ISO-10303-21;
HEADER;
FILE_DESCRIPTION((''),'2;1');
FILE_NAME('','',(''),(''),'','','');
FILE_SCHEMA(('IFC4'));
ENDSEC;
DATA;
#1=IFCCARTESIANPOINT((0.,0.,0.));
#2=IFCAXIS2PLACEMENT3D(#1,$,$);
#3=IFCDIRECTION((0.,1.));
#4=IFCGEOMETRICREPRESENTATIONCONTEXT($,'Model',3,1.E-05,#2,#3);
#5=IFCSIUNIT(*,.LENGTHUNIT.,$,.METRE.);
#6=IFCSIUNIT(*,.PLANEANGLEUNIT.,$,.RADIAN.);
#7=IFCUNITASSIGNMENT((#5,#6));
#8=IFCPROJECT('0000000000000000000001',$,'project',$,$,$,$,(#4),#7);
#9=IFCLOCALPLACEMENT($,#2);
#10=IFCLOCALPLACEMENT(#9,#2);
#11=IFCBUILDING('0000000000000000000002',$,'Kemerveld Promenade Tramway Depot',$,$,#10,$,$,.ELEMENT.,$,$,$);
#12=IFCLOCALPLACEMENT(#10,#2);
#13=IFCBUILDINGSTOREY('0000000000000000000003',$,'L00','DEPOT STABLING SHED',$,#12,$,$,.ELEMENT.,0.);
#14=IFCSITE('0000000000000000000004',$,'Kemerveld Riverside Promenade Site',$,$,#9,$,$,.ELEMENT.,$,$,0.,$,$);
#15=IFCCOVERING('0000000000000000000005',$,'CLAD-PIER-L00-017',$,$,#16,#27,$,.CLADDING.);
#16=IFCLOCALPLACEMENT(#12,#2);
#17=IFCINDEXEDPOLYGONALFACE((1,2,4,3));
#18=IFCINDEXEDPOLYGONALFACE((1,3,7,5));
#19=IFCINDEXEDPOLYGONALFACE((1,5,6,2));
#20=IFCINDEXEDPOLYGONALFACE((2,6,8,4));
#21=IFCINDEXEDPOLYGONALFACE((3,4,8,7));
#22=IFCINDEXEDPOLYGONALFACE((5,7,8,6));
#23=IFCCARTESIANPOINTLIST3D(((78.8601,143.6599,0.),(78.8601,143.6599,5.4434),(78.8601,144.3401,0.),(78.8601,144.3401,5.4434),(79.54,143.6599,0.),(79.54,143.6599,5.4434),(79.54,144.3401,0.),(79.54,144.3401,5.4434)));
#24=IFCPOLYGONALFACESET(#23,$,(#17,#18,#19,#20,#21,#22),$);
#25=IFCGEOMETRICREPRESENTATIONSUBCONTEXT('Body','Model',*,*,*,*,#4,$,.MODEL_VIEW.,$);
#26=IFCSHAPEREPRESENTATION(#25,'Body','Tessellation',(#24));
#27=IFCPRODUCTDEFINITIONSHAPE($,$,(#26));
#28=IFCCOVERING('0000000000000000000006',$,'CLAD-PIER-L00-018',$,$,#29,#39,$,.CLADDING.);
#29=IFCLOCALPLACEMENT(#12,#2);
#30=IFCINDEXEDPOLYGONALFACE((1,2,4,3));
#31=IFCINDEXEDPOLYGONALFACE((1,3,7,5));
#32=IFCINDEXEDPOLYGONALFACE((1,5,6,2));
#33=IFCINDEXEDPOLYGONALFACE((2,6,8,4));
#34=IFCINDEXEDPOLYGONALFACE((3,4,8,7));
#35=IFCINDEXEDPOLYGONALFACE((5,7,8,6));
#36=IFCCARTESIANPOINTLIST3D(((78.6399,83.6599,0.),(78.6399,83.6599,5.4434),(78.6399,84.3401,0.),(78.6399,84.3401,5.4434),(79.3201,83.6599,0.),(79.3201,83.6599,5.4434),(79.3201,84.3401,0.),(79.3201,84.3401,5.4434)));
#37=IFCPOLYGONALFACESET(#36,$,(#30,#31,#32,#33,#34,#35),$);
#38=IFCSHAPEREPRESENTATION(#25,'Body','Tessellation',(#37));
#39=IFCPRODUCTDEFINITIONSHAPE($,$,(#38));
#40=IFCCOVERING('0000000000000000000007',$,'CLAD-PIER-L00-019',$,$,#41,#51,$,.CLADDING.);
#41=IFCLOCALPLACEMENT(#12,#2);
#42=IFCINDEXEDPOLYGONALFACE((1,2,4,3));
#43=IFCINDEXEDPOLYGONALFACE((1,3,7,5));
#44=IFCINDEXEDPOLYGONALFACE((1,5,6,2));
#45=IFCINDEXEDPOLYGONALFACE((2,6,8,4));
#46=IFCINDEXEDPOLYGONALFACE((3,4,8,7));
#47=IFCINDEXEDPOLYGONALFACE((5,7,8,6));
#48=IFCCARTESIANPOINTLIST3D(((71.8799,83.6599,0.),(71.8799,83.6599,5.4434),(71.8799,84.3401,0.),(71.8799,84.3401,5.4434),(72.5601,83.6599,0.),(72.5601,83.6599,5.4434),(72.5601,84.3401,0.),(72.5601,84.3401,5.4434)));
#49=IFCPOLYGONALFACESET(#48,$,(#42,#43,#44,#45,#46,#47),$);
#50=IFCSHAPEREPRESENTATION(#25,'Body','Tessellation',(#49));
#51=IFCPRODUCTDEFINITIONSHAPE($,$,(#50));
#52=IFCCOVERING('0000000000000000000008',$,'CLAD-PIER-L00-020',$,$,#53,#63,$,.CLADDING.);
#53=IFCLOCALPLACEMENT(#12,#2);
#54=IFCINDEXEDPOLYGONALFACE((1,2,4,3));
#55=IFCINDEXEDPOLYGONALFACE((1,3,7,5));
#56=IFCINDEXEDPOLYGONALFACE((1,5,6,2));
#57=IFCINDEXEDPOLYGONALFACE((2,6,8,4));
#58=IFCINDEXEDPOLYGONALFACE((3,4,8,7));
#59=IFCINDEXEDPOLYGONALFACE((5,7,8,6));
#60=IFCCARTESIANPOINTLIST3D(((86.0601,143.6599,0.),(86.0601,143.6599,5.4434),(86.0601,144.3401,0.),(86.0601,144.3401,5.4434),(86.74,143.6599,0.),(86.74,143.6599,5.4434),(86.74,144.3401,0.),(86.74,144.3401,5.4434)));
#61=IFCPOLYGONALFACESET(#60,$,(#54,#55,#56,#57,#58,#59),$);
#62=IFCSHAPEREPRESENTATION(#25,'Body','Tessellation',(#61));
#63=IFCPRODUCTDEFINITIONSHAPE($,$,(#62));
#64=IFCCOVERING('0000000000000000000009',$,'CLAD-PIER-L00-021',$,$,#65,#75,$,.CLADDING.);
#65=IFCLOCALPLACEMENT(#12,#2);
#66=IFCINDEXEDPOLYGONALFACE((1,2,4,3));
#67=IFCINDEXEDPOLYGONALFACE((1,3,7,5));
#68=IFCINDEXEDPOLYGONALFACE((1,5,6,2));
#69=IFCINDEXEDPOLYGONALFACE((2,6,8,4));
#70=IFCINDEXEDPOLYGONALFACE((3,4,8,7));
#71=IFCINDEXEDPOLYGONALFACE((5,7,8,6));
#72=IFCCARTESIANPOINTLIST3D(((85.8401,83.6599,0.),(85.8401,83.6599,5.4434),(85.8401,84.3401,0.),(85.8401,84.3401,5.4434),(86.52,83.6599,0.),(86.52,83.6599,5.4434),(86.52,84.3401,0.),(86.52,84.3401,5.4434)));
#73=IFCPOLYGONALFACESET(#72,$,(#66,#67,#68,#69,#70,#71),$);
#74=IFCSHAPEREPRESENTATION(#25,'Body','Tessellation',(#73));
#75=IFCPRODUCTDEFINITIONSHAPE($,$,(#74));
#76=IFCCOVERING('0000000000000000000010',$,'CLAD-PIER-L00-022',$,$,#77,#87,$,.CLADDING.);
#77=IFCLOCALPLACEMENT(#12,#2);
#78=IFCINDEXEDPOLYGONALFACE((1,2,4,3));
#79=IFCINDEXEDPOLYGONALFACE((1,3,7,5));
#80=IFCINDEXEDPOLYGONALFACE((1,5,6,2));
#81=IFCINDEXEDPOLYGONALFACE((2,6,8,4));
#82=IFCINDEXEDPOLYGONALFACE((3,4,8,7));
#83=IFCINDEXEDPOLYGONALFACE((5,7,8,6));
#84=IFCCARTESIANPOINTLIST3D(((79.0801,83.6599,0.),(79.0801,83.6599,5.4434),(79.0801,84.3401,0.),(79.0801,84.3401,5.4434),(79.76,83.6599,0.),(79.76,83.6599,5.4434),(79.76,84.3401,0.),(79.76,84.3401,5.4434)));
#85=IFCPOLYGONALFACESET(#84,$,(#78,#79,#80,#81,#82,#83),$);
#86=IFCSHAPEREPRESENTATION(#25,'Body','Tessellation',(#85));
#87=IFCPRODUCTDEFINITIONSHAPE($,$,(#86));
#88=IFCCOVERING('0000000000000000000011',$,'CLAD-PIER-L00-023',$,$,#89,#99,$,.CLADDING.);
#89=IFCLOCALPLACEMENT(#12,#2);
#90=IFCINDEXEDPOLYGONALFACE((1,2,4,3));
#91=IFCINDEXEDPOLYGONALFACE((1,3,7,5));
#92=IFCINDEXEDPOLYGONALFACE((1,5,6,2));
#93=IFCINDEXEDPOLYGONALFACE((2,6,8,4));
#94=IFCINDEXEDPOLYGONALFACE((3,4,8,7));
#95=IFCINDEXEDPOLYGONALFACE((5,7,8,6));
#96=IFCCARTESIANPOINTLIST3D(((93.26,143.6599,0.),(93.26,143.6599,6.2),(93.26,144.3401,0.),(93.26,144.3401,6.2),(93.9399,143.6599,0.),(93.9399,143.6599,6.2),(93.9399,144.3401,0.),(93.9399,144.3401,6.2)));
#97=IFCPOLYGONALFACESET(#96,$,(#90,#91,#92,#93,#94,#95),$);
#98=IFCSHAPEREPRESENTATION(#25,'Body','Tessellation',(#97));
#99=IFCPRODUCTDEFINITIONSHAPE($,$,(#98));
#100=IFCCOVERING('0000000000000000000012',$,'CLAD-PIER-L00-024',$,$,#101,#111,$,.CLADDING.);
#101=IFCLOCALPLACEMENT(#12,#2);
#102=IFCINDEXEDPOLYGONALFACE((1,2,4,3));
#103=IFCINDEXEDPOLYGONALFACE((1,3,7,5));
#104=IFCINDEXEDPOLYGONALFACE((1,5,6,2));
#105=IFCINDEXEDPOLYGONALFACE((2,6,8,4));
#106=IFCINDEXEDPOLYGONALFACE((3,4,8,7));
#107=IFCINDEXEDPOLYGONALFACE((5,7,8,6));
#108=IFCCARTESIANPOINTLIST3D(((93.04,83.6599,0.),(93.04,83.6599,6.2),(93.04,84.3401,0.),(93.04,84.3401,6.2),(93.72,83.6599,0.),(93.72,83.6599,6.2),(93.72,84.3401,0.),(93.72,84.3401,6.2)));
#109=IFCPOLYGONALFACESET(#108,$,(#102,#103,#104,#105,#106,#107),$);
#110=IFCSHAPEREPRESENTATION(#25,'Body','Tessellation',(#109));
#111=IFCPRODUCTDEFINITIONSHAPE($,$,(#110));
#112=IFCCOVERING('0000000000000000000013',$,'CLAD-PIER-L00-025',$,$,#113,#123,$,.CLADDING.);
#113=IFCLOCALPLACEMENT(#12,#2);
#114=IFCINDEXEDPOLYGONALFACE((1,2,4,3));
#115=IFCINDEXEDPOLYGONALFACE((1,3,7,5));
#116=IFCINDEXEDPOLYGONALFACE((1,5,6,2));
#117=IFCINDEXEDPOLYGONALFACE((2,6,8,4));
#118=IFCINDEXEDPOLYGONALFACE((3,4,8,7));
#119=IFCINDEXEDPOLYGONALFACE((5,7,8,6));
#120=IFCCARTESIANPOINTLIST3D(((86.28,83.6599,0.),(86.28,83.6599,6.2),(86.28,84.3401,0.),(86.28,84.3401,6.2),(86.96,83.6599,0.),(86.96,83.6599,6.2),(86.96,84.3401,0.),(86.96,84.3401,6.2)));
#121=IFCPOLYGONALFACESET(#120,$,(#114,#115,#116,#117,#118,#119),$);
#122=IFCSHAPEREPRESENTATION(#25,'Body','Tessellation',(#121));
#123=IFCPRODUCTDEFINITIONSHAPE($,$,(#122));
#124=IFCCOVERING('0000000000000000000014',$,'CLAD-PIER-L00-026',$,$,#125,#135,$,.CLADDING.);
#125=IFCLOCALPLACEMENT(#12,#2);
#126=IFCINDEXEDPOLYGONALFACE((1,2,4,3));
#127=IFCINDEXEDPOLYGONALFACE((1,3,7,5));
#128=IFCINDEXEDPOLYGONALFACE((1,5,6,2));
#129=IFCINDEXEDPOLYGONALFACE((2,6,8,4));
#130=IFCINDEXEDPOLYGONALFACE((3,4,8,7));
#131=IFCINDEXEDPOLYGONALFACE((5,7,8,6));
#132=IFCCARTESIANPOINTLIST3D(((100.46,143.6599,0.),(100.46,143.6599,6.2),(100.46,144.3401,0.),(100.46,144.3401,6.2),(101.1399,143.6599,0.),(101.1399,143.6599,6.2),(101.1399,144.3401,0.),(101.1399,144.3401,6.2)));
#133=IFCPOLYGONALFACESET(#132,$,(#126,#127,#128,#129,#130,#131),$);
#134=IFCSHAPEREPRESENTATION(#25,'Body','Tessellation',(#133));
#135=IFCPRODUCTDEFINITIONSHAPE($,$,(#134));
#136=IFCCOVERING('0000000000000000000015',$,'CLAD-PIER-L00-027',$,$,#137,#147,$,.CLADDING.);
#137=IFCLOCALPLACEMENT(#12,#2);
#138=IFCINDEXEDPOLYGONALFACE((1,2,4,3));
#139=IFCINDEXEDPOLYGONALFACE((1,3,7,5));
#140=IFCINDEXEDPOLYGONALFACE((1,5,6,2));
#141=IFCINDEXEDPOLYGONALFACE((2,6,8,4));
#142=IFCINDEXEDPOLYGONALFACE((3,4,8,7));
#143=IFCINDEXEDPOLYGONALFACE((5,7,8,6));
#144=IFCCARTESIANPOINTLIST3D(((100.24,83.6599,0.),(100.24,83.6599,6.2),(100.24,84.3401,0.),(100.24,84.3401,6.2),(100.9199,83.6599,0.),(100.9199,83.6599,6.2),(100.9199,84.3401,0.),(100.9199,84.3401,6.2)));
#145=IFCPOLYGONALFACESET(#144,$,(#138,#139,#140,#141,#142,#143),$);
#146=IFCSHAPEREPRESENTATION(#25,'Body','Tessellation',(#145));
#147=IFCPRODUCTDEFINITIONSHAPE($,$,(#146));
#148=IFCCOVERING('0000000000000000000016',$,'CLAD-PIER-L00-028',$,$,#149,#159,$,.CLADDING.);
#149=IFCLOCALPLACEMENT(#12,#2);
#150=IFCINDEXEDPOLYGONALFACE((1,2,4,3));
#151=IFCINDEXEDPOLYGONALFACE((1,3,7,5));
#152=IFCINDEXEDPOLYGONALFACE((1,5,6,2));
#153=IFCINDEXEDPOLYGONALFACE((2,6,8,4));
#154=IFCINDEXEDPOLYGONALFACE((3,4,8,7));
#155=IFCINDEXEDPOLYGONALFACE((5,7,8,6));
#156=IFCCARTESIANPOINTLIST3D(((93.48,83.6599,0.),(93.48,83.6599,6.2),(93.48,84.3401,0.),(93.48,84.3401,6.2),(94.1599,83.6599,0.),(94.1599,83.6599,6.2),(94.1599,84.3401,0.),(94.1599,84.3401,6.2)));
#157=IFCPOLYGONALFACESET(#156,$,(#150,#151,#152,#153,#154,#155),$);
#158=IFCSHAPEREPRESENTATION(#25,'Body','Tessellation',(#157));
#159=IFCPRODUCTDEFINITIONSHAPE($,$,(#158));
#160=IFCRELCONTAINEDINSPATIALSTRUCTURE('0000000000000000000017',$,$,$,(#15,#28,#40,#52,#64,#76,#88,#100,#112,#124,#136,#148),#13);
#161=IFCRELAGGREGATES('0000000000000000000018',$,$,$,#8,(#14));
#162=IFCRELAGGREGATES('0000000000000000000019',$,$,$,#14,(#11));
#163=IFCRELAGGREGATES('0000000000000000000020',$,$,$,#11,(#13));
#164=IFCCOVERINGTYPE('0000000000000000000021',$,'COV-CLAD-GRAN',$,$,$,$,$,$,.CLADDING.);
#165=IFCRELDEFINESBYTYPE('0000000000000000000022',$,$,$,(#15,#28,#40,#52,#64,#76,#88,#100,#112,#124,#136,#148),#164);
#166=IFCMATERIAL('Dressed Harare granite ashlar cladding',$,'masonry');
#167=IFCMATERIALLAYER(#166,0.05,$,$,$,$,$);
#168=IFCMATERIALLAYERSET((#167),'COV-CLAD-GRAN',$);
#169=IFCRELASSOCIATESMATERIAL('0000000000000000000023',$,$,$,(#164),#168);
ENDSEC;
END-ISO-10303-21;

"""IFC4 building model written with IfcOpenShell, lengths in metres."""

from ifc_helpers import new_model, si_unit, direction, origin, place, context, subcontext, project, spatial, polyline, outline, extrude, material, layer, layer_set, type_object, element, save


model = new_model("IFC4")

# Units and contexts
model_context = context("Model", 3, precision=1e-05, world=origin(), true_north=direction((0.0, 1.0)))
body_context = subcontext(model_context, "Body", "Model", "MODEL_VIEW")
ifc_project = project(units=[si_unit("LENGTHUNIT", "METRE"), si_unit("PLANEANGLEUNIT", "RADIAN")], contexts=[model_context])

# Site, building, storey
site_placement = place(None, origin())
site = spatial("IfcSite", under=ifc_project, at=site_placement, Name="Kemerveld Riverside Promenade Site", CompositionType="ELEMENT", RefElevation=0.0)
building_placement = place(site_placement, origin())
building = spatial("IfcBuilding", under=site, at=building_placement, Name="Kemerveld Promenade Tramway Depot", CompositionType="ELEMENT")
storey_placement = place(building_placement, origin())
storey = spatial("IfcBuildingStorey", under=building, at=storey_placement, Name="L00", Description="DEPOT STABLING SHED", CompositionType="ELEMENT", Elevation=0.0)

# Coverings
ifc_material_1 = material(Name="Dressed Harare granite ashlar cladding", Category="masonry")
ifc_layer_1 = layer(ifc_material_1, 0.05)
ifc_layer_set_1 = layer_set([ifc_layer_1], Name="COV-CLAD-GRAN")
covering_type = type_object("IfcCoveringType", Name="COV-CLAD-GRAN", PredefinedType="CLADDING", material=ifc_layer_set_1)
covering_1_placement = place(storey_placement, origin())
element("IfcCovering", 1, at=covering_1_placement, inside=storey, type_object=covering_type, Name="CLAD-PIER-L00-017", PredefinedType="CLADDING", context=body_context, shape_type="SweptSolid", body=[
    extrude(outline(polyline([(78.8601, 143.6599), (79.54, 143.6599), (79.54, 144.3401), (78.8601, 144.3401), (78.8601, 143.6599)])), origin(), (0.0, 0.0, 1.0), 5.4434),
])
covering_2_placement = place(storey_placement, origin())
element("IfcCovering", 2, at=covering_2_placement, inside=storey, type_object=covering_type, Name="CLAD-PIER-L00-018", PredefinedType="CLADDING", context=body_context, shape_type="SweptSolid", body=[
    extrude(outline(polyline([(78.6399, 83.6599), (79.3201, 83.6599), (79.3201, 84.3401), (78.6399, 84.3401), (78.6399, 83.6599)])), origin(), (0.0, 0.0, 1.0), 5.4434),
])
covering_3_placement = place(storey_placement, origin())
element("IfcCovering", 3, at=covering_3_placement, inside=storey, type_object=covering_type, Name="CLAD-PIER-L00-019", PredefinedType="CLADDING", context=body_context, shape_type="SweptSolid", body=[
    extrude(outline(polyline([(71.8799, 83.6599), (72.5601, 83.6599), (72.5601, 84.3401), (71.8799, 84.3401), (71.8799, 83.6599)])), origin(), (0.0, 0.0, 1.0), 5.4434),
])
covering_4_placement = place(storey_placement, origin())
element("IfcCovering", 4, at=covering_4_placement, inside=storey, type_object=covering_type, Name="CLAD-PIER-L00-020", PredefinedType="CLADDING", context=body_context, shape_type="SweptSolid", body=[
    extrude(outline(polyline([(86.0601, 143.6599), (86.74, 143.6599), (86.74, 144.3401), (86.0601, 144.3401), (86.0601, 143.6599)])), origin(), (0.0, 0.0, 1.0), 5.4434),
])
covering_5_placement = place(storey_placement, origin())
element("IfcCovering", 5, at=covering_5_placement, inside=storey, type_object=covering_type, Name="CLAD-PIER-L00-021", PredefinedType="CLADDING", context=body_context, shape_type="SweptSolid", body=[
    extrude(outline(polyline([(85.8401, 83.6599), (86.52, 83.6599), (86.52, 84.3401), (85.8401, 84.3401), (85.8401, 83.6599)])), origin(), (0.0, 0.0, 1.0), 5.4434),
])
covering_6_placement = place(storey_placement, origin())
element("IfcCovering", 6, at=covering_6_placement, inside=storey, type_object=covering_type, Name="CLAD-PIER-L00-022", PredefinedType="CLADDING", context=body_context, shape_type="SweptSolid", body=[
    extrude(outline(polyline([(79.0801, 83.6599), (79.76, 83.6599), (79.76, 84.3401), (79.0801, 84.3401), (79.0801, 83.6599)])), origin(), (0.0, 0.0, 1.0), 5.4434),
])
covering_7_placement = place(storey_placement, origin())
element("IfcCovering", 7, at=covering_7_placement, inside=storey, type_object=covering_type, Name="CLAD-PIER-L00-023", PredefinedType="CLADDING", context=body_context, shape_type="SweptSolid", body=[
    extrude(outline(polyline([(93.26, 143.6599), (93.9399, 143.6599), (93.9399, 144.3401), (93.26, 144.3401), (93.26, 143.6599)])), origin(), (0.0, 0.0, 1.0), 6.2),
])
covering_8_placement = place(storey_placement, origin())
element("IfcCovering", 8, at=covering_8_placement, inside=storey, type_object=covering_type, Name="CLAD-PIER-L00-024", PredefinedType="CLADDING", context=body_context, shape_type="SweptSolid", body=[
    extrude(outline(polyline([(93.04, 83.6599), (93.72, 83.6599), (93.72, 84.3401), (93.04, 84.3401), (93.04, 83.6599)])), origin(), (0.0, 0.0, 1.0), 6.2),
])
covering_9_placement = place(storey_placement, origin())
element("IfcCovering", 9, at=covering_9_placement, inside=storey, type_object=covering_type, Name="CLAD-PIER-L00-025", PredefinedType="CLADDING", context=body_context, shape_type="SweptSolid", body=[
    extrude(outline(polyline([(86.28, 83.6599), (86.96, 83.6599), (86.96, 84.3401), (86.28, 84.3401), (86.28, 83.6599)])), origin(), (0.0, 0.0, 1.0), 6.2),
])
covering_10_placement = place(storey_placement, origin())
element("IfcCovering", 10, at=covering_10_placement, inside=storey, type_object=covering_type, Name="CLAD-PIER-L00-026", PredefinedType="CLADDING", context=body_context, shape_type="SweptSolid", body=[
    extrude(outline(polyline([(100.46, 143.6599), (101.1399, 143.6599), (101.1399, 144.3401), (100.46, 144.3401), (100.46, 143.6599)])), origin(), (0.0, 0.0, 1.0), 6.2),
])
covering_11_placement = place(storey_placement, origin())
element("IfcCovering", 11, at=covering_11_placement, inside=storey, type_object=covering_type, Name="CLAD-PIER-L00-027", PredefinedType="CLADDING", context=body_context, shape_type="SweptSolid", body=[
    extrude(outline(polyline([(100.24, 83.6599), (100.9199, 83.6599), (100.9199, 84.3401), (100.24, 84.3401), (100.24, 83.6599)])), origin(), (0.0, 0.0, 1.0), 6.2),
])
covering_12_placement = place(storey_placement, origin())
element("IfcCovering", 12, at=covering_12_placement, inside=storey, type_object=covering_type, Name="CLAD-PIER-L00-028", PredefinedType="CLADDING", context=body_context, shape_type="SweptSolid", body=[
    extrude(outline(polyline([(93.48, 83.6599), (94.1599, 83.6599), (94.1599, 84.3401), (93.48, 84.3401), (93.48, 83.6599)])), origin(), (0.0, 0.0, 1.0), 6.2),
])

save(model, "model.ifc")
